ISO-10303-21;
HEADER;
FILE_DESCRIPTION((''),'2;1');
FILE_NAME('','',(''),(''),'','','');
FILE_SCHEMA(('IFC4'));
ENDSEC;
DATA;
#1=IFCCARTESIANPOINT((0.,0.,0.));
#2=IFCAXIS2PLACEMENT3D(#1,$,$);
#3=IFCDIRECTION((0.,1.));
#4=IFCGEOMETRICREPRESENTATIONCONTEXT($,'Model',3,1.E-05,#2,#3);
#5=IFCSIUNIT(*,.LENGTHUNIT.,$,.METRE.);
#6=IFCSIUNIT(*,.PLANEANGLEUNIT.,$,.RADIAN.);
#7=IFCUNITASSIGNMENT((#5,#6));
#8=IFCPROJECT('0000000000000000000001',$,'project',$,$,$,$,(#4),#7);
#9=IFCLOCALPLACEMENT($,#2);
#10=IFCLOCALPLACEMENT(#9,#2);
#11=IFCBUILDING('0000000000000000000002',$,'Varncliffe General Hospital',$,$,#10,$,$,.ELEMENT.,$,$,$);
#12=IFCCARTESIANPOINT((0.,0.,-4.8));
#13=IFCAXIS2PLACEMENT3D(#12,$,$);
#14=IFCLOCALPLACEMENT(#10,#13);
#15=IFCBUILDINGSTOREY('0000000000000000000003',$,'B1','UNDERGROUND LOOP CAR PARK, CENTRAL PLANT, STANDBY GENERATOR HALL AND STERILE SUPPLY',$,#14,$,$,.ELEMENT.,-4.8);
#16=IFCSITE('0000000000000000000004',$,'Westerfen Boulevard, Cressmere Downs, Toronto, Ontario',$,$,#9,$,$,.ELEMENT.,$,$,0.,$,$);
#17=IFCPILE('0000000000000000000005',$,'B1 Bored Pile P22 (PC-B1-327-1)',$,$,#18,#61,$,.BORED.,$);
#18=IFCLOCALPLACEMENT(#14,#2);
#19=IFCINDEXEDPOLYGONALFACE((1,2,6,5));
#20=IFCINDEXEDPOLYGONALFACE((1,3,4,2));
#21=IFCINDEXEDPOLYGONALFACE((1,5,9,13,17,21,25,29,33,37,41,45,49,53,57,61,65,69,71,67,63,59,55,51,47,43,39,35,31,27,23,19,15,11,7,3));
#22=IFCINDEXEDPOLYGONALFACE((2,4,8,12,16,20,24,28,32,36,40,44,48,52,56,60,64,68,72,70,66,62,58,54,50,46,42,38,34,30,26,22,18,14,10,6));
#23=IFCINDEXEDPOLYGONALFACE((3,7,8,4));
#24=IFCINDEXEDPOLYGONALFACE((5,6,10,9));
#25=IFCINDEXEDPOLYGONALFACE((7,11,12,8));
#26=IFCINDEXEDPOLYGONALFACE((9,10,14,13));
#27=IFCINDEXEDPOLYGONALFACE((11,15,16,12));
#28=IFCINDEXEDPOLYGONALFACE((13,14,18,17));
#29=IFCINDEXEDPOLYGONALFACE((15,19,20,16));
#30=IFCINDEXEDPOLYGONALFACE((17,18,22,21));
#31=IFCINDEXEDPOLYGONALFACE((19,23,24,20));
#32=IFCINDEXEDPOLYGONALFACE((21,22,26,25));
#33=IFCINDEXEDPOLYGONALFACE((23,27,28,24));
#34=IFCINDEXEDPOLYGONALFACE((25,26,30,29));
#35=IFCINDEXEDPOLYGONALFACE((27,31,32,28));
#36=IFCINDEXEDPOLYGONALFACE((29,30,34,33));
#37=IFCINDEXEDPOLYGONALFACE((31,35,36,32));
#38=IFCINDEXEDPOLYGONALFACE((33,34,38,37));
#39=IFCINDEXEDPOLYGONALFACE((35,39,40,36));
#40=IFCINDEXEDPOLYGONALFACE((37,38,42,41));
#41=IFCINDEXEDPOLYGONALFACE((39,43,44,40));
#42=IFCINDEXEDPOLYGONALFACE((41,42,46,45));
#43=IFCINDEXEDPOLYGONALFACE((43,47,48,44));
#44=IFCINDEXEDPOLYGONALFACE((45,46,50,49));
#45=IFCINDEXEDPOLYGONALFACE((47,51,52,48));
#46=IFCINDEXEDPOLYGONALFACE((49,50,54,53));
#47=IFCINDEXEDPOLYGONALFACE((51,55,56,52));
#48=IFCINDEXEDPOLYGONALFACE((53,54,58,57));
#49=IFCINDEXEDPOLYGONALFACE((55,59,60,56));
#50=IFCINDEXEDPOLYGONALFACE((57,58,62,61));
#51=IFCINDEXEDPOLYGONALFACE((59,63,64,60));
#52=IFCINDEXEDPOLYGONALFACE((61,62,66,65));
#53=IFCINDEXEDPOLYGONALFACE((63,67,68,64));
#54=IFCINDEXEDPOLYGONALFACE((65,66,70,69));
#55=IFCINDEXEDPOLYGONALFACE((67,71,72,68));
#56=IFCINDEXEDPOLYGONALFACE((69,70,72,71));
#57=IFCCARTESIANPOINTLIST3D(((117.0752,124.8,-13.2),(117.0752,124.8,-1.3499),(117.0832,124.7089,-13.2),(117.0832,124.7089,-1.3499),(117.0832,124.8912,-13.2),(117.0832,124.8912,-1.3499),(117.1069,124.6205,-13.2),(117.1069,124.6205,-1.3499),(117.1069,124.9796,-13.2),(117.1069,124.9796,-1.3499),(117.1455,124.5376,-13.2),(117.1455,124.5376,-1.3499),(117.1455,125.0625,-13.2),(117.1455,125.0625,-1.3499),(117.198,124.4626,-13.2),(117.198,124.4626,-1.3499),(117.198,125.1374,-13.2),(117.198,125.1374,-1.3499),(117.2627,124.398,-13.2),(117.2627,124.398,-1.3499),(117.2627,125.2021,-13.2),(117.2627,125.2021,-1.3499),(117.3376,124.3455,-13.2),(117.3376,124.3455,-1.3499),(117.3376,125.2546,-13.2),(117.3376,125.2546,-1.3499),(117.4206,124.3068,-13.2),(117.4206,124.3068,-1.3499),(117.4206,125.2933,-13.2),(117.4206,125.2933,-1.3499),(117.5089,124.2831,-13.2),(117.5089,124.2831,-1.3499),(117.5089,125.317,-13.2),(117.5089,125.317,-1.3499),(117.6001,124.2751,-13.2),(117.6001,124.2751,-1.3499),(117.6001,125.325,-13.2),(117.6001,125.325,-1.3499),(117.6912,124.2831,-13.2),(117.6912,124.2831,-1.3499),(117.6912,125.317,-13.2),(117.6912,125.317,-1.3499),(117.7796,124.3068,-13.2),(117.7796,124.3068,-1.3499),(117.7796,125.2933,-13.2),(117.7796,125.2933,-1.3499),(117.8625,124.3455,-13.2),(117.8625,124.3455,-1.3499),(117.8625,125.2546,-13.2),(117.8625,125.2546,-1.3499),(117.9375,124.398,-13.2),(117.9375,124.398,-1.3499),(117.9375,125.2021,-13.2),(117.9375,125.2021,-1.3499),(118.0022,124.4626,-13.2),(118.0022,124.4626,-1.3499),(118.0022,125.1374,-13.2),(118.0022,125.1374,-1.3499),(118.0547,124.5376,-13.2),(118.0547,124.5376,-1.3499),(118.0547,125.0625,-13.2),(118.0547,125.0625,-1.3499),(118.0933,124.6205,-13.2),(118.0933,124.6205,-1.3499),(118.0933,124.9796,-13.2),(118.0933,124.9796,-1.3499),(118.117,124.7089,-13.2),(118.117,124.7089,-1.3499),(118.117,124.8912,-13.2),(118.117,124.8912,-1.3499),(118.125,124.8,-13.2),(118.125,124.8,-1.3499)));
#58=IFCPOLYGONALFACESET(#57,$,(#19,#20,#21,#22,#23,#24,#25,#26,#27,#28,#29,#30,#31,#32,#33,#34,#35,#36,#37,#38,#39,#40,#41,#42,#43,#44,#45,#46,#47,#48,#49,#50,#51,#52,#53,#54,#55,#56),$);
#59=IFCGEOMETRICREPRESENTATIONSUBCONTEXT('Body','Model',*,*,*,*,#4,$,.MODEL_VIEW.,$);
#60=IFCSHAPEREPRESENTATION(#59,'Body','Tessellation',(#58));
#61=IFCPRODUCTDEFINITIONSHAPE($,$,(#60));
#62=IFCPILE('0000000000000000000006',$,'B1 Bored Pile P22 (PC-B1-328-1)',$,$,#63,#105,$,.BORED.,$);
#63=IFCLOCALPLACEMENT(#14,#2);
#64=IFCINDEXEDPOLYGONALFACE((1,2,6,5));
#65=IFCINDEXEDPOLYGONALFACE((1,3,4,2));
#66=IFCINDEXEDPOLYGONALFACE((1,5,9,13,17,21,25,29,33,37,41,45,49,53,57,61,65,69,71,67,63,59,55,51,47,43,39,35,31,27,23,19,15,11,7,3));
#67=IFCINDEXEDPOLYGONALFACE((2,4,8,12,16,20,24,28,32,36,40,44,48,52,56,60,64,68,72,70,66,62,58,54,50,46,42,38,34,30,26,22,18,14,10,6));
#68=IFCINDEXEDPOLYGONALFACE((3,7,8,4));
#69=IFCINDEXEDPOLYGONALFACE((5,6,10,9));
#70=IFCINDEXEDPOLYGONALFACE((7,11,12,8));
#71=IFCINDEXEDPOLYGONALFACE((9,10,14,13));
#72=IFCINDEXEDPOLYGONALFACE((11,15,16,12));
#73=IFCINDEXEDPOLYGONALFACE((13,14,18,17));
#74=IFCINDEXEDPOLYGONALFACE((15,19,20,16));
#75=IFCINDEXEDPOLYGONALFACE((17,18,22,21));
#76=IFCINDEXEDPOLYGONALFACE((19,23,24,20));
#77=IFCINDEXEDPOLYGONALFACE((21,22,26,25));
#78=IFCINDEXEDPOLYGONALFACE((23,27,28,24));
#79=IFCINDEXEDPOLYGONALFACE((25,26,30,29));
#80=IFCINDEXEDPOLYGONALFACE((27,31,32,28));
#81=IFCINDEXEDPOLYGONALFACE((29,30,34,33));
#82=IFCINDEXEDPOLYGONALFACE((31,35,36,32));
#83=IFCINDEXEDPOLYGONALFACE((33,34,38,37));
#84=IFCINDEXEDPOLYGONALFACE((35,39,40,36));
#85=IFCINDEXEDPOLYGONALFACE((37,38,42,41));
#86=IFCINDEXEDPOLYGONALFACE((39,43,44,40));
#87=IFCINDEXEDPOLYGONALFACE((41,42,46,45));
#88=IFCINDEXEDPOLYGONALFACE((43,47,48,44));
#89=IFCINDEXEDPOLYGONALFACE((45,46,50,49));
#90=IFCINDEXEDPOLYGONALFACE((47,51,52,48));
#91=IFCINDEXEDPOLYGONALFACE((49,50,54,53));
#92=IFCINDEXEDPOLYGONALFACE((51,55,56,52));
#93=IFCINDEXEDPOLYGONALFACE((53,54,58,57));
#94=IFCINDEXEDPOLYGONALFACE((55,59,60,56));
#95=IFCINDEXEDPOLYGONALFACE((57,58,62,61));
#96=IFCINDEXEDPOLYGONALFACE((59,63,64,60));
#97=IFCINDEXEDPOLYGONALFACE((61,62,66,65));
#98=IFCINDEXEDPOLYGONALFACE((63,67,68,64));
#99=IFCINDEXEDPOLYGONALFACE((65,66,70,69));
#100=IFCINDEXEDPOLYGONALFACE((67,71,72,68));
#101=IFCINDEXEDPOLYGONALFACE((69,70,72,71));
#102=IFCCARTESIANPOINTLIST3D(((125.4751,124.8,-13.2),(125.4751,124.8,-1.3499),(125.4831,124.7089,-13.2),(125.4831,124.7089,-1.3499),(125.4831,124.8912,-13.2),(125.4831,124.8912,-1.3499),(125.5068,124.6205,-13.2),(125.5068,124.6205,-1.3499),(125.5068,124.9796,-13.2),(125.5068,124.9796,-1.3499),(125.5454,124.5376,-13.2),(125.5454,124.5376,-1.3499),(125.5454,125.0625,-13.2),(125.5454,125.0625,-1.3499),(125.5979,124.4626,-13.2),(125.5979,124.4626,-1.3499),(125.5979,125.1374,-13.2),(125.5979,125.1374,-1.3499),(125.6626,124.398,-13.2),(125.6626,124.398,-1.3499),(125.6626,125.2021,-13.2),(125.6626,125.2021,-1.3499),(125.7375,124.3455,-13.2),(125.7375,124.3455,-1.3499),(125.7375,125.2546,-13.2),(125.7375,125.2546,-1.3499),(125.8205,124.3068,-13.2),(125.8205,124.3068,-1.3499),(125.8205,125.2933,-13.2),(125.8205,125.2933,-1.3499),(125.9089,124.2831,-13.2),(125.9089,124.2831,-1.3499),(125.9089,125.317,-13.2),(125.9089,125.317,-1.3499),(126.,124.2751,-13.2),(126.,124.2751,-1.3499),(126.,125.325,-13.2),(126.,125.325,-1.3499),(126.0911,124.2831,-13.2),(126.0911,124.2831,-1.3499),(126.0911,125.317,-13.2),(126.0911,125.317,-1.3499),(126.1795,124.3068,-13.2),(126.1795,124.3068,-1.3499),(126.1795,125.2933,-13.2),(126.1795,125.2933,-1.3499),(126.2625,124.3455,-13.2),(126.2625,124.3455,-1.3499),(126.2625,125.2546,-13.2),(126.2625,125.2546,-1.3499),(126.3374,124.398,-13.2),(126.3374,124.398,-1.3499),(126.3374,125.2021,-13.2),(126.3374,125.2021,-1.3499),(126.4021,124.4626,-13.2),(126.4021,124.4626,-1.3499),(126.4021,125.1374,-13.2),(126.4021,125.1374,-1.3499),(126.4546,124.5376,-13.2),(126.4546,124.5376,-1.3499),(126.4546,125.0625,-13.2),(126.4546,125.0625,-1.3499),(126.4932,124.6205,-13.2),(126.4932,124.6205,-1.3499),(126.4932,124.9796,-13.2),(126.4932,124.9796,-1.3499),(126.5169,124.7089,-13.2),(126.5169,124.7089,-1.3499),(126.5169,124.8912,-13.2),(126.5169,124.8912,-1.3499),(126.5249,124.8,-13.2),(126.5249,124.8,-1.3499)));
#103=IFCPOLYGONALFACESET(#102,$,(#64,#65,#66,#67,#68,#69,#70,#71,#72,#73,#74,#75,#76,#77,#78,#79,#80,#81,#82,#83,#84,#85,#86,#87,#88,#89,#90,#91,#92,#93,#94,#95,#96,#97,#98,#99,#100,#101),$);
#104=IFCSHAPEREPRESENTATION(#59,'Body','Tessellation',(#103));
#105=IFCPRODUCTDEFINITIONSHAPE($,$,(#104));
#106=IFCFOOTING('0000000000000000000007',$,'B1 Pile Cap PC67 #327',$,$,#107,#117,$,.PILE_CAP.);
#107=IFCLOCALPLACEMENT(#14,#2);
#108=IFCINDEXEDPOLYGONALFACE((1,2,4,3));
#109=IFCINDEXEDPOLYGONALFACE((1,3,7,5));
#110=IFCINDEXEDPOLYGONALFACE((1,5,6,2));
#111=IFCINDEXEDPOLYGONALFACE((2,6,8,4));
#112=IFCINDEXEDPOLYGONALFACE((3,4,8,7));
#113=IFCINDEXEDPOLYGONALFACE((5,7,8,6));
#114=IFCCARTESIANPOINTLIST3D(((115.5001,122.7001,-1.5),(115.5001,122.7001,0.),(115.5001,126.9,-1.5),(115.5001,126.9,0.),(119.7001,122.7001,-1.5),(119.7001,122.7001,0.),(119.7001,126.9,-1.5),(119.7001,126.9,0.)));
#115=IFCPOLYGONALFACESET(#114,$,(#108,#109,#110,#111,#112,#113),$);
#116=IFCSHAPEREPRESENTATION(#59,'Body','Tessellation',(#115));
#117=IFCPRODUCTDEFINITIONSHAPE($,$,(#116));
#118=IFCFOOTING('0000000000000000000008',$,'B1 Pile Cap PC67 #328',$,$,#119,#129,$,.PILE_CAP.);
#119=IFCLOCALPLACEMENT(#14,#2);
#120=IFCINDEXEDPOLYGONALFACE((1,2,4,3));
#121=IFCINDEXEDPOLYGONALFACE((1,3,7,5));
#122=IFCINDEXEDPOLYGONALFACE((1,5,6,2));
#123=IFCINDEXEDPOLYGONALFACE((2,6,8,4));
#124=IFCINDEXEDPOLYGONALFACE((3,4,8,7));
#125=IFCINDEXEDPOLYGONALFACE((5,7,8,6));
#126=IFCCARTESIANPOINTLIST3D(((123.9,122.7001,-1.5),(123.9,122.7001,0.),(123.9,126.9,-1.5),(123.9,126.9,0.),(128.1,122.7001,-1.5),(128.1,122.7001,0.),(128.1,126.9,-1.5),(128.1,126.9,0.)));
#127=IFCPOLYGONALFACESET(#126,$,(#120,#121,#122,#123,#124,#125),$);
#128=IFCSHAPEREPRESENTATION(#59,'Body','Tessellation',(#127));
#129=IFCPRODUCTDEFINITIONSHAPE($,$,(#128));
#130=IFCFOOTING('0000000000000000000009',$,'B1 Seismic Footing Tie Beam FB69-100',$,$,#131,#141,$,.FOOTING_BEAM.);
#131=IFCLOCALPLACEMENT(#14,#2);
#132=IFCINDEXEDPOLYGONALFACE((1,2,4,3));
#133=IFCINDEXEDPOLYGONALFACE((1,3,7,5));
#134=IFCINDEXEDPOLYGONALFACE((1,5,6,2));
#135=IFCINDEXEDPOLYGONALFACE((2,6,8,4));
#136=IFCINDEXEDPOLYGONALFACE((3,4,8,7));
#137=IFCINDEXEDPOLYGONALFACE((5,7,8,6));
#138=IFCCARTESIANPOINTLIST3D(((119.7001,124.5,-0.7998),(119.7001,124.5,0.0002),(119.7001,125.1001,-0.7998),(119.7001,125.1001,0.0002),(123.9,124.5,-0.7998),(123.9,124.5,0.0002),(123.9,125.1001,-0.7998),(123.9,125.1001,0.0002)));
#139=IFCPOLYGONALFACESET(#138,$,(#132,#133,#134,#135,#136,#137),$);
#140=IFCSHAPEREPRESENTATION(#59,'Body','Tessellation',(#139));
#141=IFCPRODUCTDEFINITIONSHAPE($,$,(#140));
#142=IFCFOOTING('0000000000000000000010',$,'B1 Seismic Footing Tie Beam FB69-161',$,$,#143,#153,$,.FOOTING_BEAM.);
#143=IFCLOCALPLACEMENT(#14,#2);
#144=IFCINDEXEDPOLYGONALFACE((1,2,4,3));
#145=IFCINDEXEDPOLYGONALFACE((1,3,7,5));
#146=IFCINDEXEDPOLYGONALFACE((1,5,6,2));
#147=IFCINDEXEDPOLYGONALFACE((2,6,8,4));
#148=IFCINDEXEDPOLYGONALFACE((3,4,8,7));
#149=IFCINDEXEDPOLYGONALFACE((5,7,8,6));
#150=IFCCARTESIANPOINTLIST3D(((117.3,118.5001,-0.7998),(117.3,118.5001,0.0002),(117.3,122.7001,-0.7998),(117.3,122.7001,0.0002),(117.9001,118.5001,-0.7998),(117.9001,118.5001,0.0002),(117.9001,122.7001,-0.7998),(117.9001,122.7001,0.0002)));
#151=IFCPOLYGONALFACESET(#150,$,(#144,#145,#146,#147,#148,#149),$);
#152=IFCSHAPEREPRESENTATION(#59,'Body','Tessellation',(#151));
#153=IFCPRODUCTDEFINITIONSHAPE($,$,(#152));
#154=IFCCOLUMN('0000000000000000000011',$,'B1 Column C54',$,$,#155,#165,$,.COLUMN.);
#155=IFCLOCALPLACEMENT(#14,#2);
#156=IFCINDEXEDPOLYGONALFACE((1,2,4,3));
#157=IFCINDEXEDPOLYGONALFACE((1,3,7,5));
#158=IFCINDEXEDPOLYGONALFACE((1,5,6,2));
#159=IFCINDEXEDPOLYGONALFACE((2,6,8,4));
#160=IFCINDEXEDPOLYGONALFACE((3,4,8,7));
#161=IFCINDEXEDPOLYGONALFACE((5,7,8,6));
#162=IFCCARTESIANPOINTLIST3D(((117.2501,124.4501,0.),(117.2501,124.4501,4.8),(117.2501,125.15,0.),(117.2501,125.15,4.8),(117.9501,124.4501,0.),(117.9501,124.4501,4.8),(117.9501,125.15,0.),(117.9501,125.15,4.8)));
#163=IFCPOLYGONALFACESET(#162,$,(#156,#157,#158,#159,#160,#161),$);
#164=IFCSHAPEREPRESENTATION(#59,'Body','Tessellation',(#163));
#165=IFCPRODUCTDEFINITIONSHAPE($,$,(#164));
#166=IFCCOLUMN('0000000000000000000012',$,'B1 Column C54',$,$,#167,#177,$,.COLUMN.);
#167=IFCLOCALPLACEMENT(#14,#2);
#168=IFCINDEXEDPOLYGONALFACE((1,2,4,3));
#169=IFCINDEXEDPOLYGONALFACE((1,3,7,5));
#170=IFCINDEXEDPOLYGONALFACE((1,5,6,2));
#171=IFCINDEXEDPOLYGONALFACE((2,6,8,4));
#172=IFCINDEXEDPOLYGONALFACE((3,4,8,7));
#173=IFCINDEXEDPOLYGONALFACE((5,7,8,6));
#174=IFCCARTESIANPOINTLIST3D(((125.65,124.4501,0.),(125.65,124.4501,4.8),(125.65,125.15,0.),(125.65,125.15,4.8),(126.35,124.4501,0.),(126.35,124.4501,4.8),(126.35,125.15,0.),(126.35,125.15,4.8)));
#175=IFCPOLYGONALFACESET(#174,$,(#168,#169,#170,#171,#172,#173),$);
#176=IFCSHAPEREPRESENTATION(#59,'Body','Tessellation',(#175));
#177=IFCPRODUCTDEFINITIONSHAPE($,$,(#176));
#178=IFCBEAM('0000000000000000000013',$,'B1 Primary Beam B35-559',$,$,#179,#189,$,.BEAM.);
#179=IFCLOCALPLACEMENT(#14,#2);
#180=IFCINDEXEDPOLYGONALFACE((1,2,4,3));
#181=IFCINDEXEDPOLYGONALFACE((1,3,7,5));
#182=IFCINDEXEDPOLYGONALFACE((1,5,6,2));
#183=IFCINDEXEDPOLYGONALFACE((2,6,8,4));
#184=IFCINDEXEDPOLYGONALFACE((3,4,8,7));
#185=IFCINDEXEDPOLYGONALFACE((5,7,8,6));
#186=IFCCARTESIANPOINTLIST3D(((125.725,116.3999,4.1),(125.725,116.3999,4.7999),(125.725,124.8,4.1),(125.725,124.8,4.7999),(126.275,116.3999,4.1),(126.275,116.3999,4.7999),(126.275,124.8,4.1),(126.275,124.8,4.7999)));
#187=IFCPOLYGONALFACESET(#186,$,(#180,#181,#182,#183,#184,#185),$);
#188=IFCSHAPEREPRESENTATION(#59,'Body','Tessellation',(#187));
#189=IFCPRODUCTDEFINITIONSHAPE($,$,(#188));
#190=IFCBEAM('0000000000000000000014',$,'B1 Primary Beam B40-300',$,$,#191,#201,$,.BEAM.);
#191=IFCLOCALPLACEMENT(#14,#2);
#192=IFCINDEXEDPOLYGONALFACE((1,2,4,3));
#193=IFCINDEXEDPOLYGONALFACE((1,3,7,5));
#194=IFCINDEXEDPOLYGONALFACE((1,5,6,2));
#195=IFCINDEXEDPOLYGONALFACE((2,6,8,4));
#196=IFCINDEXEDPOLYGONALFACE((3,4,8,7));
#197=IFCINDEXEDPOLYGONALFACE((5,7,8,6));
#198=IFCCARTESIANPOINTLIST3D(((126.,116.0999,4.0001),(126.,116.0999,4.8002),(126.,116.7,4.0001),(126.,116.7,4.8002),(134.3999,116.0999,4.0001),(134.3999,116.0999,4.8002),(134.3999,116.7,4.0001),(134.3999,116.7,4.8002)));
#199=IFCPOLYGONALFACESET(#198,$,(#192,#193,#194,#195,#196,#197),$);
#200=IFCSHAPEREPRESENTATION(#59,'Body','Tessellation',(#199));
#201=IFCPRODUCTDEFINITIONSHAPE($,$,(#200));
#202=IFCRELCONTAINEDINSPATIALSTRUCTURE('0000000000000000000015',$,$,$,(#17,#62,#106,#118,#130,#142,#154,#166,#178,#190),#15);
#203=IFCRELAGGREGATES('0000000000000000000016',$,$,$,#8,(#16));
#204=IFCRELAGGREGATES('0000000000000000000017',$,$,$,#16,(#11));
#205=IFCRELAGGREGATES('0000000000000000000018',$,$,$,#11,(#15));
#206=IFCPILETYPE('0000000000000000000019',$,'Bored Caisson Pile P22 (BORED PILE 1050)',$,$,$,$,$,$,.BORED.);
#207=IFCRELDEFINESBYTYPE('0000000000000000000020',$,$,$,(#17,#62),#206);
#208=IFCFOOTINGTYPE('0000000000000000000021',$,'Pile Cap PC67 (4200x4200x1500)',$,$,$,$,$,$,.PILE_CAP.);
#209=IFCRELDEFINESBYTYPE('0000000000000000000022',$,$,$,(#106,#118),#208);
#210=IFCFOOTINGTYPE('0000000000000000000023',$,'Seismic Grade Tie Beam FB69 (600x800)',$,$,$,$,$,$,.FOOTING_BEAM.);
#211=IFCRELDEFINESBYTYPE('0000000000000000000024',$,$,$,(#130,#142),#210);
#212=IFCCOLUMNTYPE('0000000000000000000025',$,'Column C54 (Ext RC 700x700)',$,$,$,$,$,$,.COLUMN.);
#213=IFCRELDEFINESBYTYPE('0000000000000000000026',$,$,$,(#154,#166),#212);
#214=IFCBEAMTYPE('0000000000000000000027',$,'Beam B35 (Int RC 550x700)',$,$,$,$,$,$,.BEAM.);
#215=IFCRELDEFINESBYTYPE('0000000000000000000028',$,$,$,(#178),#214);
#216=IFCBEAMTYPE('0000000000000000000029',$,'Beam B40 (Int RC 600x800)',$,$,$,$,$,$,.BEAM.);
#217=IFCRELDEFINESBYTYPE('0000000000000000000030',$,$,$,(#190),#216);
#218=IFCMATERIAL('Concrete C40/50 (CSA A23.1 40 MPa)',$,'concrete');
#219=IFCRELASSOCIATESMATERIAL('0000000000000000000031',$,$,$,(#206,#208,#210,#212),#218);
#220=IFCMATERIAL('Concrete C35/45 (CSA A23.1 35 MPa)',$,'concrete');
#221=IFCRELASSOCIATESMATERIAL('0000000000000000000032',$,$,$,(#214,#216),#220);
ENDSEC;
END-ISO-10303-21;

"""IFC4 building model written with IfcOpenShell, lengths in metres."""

from ifc_helpers import new_model, si_unit, direction, frame, origin, origin_2d, place, context, subcontext, project, spatial, rectangle, circle, extrude, material, material_profile, profile_set, type_object, element, save


model = new_model("IFC4")

# Units and contexts
model_context = context("Model", 3, precision=1e-05, world=origin(), true_north=direction((0.0, 1.0)))
body_context = subcontext(model_context, "Body", "Model", "MODEL_VIEW")
ifc_project = project(units=[si_unit("LENGTHUNIT", "METRE"), si_unit("PLANEANGLEUNIT", "RADIAN")], contexts=[model_context])

# Site, building, storey
site_placement = place(None, origin())
site = spatial("IfcSite", under=ifc_project, at=site_placement, Name="Westerfen Boulevard, Cressmere Downs, Toronto, Ontario", CompositionType="ELEMENT", RefElevation=0.0)
building_placement = place(site_placement, origin())
building = spatial("IfcBuilding", under=site, at=building_placement, Name="Varncliffe General Hospital", CompositionType="ELEMENT")
storey_placement = place(building_placement, frame((0.0, 0.0, -4.8)))
storey = spatial("IfcBuildingStorey", under=building, at=storey_placement, Name="B1", Description="UNDERGROUND LOOP CAR PARK, CENTRAL PLANT, STANDBY GENERATOR HALL AND STERILE SUPPLY", CompositionType="ELEMENT", Elevation=-4.8)

# Piles
ifc_material_1 = material(Name="Concrete C40/50 (CSA A23.1 40 MPa)", Category="concrete")
ifc_material_profile_1 = material_profile(ifc_material_1, circle(Radius=0.5249, at=origin_2d()), Name="BORED PILE 1050")
ifc_profile_set_1 = profile_set([ifc_material_profile_1], Name="Concrete C40/50 (CSA A23.1 40 MPa)")
pile_type = type_object("IfcPileType", Name="Bored Caisson Pile P22 (BORED PILE 1050)", PredefinedType="BORED", material=ifc_profile_set_1)
for number, where, z_axis, x_axis, name in (
    (1, (117.6001, 124.8, -1.3499), (0.0, 0.0, -1.0), (1.0, 0.0, 0.0), "B1 Bored Pile P22 (PC-B1-327-1)"),
    (2, (126.0, 124.8, -1.3499), (0.0, 0.0, -1.0), (1.0, 0.0, 0.0), "B1 Bored Pile P22 (PC-B1-328-1)"),
):
    element("IfcPile", number, at=place(storey_placement, frame(where, z_axis=z_axis, x_axis=x_axis)), inside=storey, type_object=pile_type, Name=name, PredefinedType="BORED", context=body_context, shape_type="SweptSolid", body=[
        extrude(circle(Radius=0.5249, at=origin_2d()), origin(), (0.0, 0.0, 1.0), 11.8501),
    ])

# Footings
footing_type_1 = type_object("IfcFootingType", Name="Pile Cap PC67 (4200x4200x1500)", PredefinedType="PILE_CAP", material=ifc_material_1)
for number, where, z_axis, x_axis, name in (
    (3, (117.6001, 124.8, -1.5), (0.0, 0.0, 1.0), (1.0, 0.0, 0.0), "B1 Pile Cap PC67 #327"),
    (4, (126.0, 124.8, -1.5), (0.0, 0.0, 1.0), (1.0, 0.0, 0.0), "B1 Pile Cap PC67 #328"),
):
    element("IfcFooting", number, at=place(storey_placement, frame(where, z_axis=z_axis, x_axis=x_axis)), inside=storey, type_object=footing_type_1, Name=name, PredefinedType="PILE_CAP", context=body_context, shape_type="SweptSolid", body=[
        extrude(rectangle(XDim=4.2, YDim=4.2, at=origin_2d()), origin(), (0.0, 0.0, 1.0), 1.5),
    ])
footing_type_2 = type_object("IfcFootingType", Name="Seismic Grade Tie Beam FB69 (600x800)", PredefinedType="FOOTING_BEAM", material=ifc_material_1)
footing_1_placement = place(storey_placement, frame((121.8, 124.8, -0.7998), z_axis=(0.0, 0.0, 1.0), x_axis=(1.0, 0.0, 0.0)))
element("IfcFooting", 5, at=footing_1_placement, inside=storey, type_object=footing_type_2, Name="B1 Seismic Footing Tie Beam FB69-100", PredefinedType="FOOTING_BEAM", context=body_context, shape_type="SweptSolid", body=[
    extrude(rectangle(XDim=4.2, YDim=0.6001, at=origin_2d()), origin(), (0.0, 0.0, 1.0), 0.8),
])
footing_2_placement = place(storey_placement, frame((117.6001, 120.6001, -0.7998), z_axis=(0.0, 0.0, 1.0), x_axis=(1.0, 0.0, 0.0)))
element("IfcFooting", 6, at=footing_2_placement, inside=storey, type_object=footing_type_2, Name="B1 Seismic Footing Tie Beam FB69-161", PredefinedType="FOOTING_BEAM", context=body_context, shape_type="SweptSolid", body=[
    extrude(rectangle(XDim=0.6001, YDim=4.2, at=origin_2d()), origin(), (0.0, 0.0, 1.0), 0.8),
])

# Columns
ifc_material_profile_2 = material_profile(ifc_material_1, rectangle(XDim=0.7, YDim=0.7, at=origin_2d()), Name="RC 700x700")
ifc_profile_set_2 = profile_set([ifc_material_profile_2], Name="Concrete C40/50 (CSA A23.1 40 MPa)")
column_type = type_object("IfcColumnType", Name="Column C54 (Ext RC 700x700)", PredefinedType="COLUMN", material=ifc_profile_set_2)
for number, where, z_axis, x_axis, name in (
    (7, (117.6001, 124.8, 0.0), (0.0, 0.0, 1.0), (1.0, 0.0, 0.0), "B1 Column C54"),
    (8, (126.0, 124.8, 0.0), (0.0, 0.0, 1.0), (1.0, 0.0, 0.0), "B1 Column C54"),
):
    element("IfcColumn", number, at=place(storey_placement, frame(where, z_axis=z_axis, x_axis=x_axis)), inside=storey, type_object=column_type, Name=name, PredefinedType="COLUMN", context=body_context, shape_type="SweptSolid", body=[
        extrude(rectangle(XDim=0.7, YDim=0.7, at=origin_2d()), origin(), (0.0, 0.0, 1.0), 4.8),
    ])

# Beams
ifc_material_2 = material(Name="Concrete C35/45 (CSA A23.1 35 MPa)", Category="concrete")
ifc_material_profile_3 = material_profile(ifc_material_2, rectangle(XDim=0.55, YDim=0.7, at=origin_2d()), Name="RC 550x700")
ifc_profile_set_3 = profile_set([ifc_material_profile_3], Name="Concrete C35/45 (CSA A23.1 35 MPa)")
beam_type_1 = type_object("IfcBeamType", Name="Beam B35 (Int RC 550x700)", PredefinedType="BEAM", material=ifc_profile_set_3)
beam_1_placement = place(storey_placement, frame((126.0, 116.3999, 4.45), z_axis=(0.0, 1.0, 0.0), x_axis=(-1.0, 0.0, 0.0)))
element("IfcBeam", 9, at=beam_1_placement, inside=storey, type_object=beam_type_1, Name="B1 Primary Beam B35-559", PredefinedType="BEAM", context=body_context, shape_type="SweptSolid", body=[
    extrude(rectangle(XDim=0.55, YDim=0.7, at=origin_2d()), origin(), (0.0, 0.0, 1.0), 8.4001),
])
ifc_material_profile_4 = material_profile(ifc_material_2, rectangle(XDim=0.6001, YDim=0.8, at=origin_2d()), Name="RC 600x800")
ifc_profile_set_4 = profile_set([ifc_material_profile_4], Name="Concrete C35/45 (CSA A23.1 35 MPa)")
beam_type_2 = type_object("IfcBeamType", Name="Beam B40 (Int RC 600x800)", PredefinedType="BEAM", material=ifc_profile_set_4)
beam_2_placement = place(storey_placement, frame((126.0, 116.3999, 4.4001), z_axis=(1.0, 0.0, 0.0), x_axis=(0.0, 1.0, 0.0)))
element("IfcBeam", 10, at=beam_2_placement, inside=storey, type_object=beam_type_2, Name="B1 Primary Beam B40-300", PredefinedType="BEAM", context=body_context, shape_type="SweptSolid", body=[
    extrude(rectangle(XDim=0.6001, YDim=0.8, at=origin_2d()), origin(), (0.0, 0.0, 1.0), 8.3999),
])

save(model, "model.ifc")
